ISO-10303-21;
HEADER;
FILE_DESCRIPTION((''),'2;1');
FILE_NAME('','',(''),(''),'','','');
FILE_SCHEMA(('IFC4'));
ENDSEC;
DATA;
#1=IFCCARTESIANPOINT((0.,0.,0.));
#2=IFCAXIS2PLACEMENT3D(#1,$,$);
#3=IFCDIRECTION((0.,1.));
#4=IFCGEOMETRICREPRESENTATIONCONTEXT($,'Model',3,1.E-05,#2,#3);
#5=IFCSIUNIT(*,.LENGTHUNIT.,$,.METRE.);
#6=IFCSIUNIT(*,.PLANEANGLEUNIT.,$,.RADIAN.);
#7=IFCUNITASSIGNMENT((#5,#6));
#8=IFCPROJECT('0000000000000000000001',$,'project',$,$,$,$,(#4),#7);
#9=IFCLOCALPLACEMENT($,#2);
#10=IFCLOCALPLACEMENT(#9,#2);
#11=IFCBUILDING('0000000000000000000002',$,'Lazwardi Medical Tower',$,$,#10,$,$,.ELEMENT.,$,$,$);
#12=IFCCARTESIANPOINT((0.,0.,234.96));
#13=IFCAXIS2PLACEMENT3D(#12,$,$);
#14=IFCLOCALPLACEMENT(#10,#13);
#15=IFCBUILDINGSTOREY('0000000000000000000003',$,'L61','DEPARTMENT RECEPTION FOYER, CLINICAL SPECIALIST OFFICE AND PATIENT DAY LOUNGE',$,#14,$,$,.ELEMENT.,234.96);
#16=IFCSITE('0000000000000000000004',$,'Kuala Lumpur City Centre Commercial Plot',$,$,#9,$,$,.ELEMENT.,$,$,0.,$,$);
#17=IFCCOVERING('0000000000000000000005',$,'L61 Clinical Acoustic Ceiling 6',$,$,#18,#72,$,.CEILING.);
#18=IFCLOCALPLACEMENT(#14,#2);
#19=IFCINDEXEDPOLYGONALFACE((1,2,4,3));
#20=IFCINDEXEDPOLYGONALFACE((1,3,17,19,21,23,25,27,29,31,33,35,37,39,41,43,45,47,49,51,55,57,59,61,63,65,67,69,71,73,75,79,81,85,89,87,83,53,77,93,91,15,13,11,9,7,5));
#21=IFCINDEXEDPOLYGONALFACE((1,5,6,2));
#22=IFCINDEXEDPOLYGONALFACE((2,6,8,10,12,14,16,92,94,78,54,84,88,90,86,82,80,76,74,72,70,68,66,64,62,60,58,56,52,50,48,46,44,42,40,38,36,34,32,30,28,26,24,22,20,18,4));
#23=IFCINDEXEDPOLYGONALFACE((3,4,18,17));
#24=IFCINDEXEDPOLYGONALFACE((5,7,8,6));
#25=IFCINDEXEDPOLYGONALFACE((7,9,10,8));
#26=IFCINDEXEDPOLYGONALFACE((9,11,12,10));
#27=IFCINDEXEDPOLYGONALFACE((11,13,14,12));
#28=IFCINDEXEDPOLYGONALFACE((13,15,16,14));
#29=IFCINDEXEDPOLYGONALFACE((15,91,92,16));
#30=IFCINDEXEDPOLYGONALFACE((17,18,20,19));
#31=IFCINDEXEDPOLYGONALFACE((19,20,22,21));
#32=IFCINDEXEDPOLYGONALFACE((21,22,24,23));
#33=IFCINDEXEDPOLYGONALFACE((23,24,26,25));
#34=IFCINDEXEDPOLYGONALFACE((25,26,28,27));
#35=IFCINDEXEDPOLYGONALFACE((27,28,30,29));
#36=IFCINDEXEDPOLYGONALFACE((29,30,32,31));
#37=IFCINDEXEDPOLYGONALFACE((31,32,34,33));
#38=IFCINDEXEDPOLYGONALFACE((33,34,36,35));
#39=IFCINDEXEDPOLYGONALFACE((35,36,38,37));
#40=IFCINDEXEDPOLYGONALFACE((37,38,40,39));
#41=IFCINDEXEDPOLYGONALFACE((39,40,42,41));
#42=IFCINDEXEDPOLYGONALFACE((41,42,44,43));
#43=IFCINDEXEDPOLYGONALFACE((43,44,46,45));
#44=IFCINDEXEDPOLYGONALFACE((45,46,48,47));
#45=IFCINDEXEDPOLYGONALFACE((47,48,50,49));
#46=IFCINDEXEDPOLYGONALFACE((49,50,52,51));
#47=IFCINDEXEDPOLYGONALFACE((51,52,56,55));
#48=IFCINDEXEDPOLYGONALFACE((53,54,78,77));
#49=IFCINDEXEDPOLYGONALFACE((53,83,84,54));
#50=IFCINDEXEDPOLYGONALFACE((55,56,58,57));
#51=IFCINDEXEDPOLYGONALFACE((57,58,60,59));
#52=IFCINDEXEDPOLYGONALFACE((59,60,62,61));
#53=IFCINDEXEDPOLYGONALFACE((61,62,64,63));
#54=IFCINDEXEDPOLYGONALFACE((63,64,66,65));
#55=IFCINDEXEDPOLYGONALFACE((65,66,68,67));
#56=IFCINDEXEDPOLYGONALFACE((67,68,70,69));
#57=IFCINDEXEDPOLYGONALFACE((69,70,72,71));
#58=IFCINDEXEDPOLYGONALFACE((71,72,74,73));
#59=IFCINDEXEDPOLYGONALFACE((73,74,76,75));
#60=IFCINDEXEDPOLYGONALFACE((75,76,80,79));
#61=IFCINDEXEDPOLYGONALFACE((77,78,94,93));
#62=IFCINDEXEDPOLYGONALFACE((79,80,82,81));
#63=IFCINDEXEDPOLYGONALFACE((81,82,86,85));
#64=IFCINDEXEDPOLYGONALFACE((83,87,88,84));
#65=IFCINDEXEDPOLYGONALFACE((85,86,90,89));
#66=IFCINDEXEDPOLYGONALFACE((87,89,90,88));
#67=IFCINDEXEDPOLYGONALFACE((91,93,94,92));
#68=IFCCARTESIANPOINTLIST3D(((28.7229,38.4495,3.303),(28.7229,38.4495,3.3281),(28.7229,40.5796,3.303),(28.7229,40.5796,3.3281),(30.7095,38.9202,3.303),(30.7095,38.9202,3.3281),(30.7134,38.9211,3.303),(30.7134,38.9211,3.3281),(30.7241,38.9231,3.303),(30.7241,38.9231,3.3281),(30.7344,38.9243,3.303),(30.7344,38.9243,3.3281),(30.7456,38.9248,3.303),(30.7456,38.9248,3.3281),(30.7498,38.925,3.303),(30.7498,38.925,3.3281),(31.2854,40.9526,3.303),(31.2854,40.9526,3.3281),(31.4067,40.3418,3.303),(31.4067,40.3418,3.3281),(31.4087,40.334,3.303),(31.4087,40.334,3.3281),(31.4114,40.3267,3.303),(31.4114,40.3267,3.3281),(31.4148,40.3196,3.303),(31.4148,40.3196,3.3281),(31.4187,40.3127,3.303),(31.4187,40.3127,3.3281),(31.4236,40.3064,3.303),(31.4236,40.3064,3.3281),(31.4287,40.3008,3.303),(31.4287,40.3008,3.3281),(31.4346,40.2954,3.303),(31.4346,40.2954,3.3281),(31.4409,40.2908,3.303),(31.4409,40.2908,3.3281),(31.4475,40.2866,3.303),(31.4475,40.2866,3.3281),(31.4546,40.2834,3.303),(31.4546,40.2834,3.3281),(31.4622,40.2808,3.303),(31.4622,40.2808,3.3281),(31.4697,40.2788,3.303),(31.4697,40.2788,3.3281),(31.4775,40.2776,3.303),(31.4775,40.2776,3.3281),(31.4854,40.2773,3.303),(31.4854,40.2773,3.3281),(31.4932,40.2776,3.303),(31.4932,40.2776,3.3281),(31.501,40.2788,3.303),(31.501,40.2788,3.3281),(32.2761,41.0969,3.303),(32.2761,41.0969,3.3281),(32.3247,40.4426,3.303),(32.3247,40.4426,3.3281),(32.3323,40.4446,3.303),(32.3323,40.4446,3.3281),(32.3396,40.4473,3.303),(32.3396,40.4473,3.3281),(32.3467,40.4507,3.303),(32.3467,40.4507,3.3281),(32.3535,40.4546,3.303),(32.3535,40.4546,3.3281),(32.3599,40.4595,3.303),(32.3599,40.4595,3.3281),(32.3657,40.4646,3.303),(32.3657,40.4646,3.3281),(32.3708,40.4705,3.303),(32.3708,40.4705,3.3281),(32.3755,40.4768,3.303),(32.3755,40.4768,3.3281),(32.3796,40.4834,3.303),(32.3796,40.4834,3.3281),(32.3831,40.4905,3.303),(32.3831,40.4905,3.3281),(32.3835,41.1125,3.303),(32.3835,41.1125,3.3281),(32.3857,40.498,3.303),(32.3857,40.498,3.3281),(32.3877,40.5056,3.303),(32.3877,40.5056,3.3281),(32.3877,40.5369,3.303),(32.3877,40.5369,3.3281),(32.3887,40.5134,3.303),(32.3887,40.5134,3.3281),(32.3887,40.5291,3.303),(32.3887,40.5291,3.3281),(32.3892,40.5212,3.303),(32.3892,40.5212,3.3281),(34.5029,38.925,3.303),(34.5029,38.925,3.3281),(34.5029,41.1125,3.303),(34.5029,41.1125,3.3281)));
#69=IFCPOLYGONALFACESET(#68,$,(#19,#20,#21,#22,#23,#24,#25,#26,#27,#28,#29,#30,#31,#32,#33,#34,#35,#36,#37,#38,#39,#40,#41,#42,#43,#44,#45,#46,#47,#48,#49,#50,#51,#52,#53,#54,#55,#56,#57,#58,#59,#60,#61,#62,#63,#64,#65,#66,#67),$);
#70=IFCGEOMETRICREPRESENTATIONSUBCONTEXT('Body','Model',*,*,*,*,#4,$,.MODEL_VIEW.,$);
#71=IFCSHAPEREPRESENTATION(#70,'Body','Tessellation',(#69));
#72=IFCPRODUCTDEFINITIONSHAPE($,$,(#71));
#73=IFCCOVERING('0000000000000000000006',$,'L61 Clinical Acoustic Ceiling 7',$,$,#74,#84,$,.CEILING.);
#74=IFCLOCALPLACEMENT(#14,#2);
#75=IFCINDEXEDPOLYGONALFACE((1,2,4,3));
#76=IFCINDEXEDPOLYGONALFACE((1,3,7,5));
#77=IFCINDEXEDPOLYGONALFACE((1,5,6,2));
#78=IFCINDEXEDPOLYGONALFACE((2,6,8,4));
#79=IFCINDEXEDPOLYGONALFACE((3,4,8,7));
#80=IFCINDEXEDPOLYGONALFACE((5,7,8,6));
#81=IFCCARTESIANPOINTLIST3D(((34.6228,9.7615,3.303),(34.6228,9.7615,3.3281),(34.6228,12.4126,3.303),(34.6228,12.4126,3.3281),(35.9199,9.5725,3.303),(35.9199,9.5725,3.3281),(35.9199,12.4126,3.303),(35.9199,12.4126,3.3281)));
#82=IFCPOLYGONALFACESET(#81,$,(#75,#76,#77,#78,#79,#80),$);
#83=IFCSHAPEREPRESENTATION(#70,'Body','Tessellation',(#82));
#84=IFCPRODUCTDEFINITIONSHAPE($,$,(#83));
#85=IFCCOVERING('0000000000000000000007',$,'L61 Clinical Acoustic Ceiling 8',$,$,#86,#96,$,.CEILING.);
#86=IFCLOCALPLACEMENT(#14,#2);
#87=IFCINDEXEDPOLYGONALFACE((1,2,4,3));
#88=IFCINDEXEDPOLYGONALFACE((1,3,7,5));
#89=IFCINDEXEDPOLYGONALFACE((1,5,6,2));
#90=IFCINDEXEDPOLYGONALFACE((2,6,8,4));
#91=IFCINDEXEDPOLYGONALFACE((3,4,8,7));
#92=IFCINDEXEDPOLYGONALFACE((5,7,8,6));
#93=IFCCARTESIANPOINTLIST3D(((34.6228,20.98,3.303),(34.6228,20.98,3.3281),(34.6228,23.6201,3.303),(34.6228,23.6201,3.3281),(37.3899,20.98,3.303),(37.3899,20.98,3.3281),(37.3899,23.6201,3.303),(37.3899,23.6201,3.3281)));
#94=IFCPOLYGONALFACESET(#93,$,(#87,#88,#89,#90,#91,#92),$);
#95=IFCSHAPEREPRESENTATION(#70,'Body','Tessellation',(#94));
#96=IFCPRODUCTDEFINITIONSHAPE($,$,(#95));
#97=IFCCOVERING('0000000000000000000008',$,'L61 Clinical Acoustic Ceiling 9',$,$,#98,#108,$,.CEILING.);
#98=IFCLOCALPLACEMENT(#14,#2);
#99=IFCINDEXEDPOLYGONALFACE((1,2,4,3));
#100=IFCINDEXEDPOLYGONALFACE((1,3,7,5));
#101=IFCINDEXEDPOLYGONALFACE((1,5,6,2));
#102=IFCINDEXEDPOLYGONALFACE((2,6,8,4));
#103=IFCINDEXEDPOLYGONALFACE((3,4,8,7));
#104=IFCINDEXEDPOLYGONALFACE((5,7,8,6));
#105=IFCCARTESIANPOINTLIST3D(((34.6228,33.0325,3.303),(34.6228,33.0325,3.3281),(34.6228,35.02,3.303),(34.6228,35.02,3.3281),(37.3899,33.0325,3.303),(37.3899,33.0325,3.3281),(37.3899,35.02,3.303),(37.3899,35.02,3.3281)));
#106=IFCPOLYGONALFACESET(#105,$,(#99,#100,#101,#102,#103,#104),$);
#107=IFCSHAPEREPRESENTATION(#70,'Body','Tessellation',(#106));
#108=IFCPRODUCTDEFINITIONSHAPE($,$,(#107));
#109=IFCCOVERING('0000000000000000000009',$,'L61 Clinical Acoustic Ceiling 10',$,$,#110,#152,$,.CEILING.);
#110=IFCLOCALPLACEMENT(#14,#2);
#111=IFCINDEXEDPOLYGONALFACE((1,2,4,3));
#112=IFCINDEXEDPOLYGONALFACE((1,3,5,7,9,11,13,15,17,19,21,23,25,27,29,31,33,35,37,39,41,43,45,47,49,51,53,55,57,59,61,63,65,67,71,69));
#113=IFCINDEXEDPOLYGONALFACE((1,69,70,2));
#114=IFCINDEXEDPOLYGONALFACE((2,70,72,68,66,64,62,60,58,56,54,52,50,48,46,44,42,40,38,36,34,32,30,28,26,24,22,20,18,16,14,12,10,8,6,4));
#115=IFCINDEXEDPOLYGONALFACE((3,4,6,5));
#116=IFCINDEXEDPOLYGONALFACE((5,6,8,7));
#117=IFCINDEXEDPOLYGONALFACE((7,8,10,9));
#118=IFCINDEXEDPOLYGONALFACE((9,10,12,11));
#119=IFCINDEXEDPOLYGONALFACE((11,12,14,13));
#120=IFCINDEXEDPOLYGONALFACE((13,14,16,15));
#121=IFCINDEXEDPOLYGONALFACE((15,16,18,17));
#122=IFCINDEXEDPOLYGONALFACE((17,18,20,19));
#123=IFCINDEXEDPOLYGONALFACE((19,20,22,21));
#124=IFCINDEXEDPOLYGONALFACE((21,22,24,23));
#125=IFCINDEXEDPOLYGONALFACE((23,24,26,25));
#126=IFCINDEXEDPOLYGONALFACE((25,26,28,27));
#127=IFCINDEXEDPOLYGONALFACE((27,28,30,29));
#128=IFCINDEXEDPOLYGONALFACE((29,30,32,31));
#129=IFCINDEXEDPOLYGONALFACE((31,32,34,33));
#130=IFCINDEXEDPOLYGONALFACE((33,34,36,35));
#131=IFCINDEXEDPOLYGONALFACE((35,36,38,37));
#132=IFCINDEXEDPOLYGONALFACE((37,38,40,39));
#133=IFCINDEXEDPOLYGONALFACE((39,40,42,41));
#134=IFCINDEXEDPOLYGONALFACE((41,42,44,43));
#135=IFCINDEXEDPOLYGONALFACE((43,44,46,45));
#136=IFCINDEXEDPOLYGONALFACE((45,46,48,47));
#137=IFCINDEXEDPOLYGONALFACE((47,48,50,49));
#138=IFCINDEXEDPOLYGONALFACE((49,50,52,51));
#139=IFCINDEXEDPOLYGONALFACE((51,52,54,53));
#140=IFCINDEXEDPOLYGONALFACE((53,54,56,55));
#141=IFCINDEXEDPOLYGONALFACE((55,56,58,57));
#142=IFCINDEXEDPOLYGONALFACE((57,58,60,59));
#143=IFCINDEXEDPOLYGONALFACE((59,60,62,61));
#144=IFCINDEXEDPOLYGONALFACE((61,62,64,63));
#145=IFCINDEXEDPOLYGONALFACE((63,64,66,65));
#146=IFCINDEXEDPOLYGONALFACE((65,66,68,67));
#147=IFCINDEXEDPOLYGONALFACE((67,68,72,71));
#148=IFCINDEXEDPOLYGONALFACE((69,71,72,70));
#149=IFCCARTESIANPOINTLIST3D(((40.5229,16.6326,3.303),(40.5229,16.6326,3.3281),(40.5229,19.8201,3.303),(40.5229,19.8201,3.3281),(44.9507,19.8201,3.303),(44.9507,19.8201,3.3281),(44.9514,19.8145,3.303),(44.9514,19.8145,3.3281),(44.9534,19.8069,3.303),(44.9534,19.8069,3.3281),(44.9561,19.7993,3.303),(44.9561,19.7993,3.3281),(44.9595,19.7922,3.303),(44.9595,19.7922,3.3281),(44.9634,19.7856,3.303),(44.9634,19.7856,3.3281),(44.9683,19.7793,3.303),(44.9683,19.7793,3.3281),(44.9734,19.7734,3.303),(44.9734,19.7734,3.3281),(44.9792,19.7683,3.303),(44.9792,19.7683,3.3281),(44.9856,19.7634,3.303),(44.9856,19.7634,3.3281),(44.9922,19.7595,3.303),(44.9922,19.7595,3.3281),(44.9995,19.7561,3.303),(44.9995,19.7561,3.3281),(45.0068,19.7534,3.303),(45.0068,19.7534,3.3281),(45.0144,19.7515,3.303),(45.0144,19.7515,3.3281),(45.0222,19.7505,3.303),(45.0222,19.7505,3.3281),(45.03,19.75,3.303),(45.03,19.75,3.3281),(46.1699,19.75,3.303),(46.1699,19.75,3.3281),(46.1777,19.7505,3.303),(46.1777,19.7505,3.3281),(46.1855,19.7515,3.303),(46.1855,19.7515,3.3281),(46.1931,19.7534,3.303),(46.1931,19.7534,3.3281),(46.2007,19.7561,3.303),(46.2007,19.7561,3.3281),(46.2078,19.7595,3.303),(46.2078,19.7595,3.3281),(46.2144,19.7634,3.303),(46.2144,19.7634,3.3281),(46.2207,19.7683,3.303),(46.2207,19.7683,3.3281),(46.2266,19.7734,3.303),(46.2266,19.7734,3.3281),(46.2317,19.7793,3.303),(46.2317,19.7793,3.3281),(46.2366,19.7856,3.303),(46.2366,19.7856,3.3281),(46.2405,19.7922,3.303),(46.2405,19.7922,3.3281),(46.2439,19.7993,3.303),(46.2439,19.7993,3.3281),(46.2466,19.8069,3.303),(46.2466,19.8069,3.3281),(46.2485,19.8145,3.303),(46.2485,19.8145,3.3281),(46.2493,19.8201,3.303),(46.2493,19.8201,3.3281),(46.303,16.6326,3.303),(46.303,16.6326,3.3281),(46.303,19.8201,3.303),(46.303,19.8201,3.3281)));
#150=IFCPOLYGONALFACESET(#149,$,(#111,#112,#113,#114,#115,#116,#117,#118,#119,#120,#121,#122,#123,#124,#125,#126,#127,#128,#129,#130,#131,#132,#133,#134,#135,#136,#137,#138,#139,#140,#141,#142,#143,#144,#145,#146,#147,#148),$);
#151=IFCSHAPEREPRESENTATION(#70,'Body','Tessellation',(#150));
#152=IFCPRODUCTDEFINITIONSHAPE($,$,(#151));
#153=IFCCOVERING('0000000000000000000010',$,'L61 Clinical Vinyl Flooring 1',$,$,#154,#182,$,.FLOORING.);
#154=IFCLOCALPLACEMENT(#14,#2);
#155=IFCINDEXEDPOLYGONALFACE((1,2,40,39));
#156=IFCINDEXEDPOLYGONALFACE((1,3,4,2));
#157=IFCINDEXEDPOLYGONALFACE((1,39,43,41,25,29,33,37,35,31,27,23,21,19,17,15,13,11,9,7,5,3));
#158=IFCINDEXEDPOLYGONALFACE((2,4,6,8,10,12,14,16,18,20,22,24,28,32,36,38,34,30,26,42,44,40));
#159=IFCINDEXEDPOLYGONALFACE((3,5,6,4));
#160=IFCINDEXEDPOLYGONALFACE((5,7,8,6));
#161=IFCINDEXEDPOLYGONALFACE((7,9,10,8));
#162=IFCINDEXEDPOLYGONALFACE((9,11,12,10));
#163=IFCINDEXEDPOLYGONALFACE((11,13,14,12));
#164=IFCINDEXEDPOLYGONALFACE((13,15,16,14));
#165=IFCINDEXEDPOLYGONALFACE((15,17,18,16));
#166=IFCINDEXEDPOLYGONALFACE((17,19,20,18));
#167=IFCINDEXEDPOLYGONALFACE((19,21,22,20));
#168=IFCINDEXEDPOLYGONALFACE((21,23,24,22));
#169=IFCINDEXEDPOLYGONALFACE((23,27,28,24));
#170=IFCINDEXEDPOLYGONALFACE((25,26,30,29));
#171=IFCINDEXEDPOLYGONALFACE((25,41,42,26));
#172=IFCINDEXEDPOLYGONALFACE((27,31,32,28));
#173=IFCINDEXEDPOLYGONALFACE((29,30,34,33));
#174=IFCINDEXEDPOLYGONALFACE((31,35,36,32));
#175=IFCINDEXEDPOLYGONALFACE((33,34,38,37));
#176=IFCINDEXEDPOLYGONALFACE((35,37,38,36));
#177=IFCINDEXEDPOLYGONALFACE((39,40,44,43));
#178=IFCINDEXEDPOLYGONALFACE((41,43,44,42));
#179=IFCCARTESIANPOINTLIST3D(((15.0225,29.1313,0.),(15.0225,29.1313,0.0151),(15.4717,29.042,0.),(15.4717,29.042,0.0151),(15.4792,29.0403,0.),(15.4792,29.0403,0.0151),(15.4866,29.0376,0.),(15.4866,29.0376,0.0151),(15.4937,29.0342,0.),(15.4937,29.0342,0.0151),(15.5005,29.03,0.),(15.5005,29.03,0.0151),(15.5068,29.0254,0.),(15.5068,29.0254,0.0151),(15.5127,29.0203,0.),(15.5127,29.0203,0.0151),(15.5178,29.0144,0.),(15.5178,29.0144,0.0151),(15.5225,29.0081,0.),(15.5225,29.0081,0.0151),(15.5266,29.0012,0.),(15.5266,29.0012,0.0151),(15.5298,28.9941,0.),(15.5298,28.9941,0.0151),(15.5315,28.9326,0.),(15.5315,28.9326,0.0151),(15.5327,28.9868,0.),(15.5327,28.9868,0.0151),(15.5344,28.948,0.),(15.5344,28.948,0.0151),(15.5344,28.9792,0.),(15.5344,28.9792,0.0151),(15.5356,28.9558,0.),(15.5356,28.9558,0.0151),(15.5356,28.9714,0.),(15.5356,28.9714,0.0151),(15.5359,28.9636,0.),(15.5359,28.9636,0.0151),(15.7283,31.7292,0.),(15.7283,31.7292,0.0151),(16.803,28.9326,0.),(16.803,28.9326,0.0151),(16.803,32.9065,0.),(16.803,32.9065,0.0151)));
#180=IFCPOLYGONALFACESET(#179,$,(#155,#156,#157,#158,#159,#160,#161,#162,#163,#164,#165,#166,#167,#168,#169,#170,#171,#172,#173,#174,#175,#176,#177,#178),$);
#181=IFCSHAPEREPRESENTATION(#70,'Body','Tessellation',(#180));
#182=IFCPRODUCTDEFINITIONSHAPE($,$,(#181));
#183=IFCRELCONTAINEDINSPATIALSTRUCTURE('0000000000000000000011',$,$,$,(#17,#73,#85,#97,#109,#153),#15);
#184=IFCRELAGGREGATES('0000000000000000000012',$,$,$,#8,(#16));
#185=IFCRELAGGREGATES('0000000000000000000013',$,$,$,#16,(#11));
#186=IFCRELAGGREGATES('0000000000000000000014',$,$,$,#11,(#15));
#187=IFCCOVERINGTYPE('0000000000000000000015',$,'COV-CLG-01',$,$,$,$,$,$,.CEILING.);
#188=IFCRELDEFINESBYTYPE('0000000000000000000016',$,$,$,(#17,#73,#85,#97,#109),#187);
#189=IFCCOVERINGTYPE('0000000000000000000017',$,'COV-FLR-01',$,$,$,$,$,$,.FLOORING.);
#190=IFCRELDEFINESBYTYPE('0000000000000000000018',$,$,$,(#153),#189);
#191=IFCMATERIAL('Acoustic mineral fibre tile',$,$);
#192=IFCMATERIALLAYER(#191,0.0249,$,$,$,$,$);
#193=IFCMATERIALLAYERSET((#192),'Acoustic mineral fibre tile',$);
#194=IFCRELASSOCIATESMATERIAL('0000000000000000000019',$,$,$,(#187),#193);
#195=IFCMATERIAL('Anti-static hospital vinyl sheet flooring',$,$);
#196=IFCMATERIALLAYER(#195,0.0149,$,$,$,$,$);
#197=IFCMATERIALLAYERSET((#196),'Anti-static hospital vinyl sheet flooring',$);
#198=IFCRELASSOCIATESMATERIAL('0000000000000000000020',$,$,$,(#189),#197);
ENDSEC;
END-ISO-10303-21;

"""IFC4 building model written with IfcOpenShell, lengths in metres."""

from ifc_helpers import new_model, si_unit, direction, frame, origin, place, context, subcontext, project, spatial, polyline, outline, extrude, material, layer, layer_set, type_object, element, save


model = new_model("IFC4")

# Units and contexts
model_context = context("Model", 3, precision=1e-05, world=origin(), true_north=direction((0.0, 1.0)))
body_context = subcontext(model_context, "Body", "Model", "MODEL_VIEW")
ifc_project = project(units=[si_unit("LENGTHUNIT", "METRE"), si_unit("PLANEANGLEUNIT", "RADIAN")], contexts=[model_context])

# Site, building, storey
site_placement = place(None, origin())
site = spatial("IfcSite", under=ifc_project, at=site_placement, Name="Kuala Lumpur City Centre Commercial Plot", CompositionType="ELEMENT", RefElevation=0.0)
building_placement = place(site_placement, origin())
building = spatial("IfcBuilding", under=site, at=building_placement, Name="Lazwardi Medical Tower", CompositionType="ELEMENT")
storey_placement = place(building_placement, frame((0.0, 0.0, 234.96)))
storey = spatial("IfcBuildingStorey", under=building, at=storey_placement, Name="L61", Description="DEPARTMENT RECEPTION FOYER, CLINICAL SPECIALIST OFFICE AND PATIENT DAY LOUNGE", CompositionType="ELEMENT", Elevation=234.96)

# Coverings
ifc_material_1 = material(Name="Acoustic mineral fibre tile")
ifc_layer_1 = layer(ifc_material_1, 0.0249)
ifc_layer_set_1 = layer_set([ifc_layer_1], Name="Acoustic mineral fibre tile")
covering_type_1 = type_object("IfcCoveringType", Name="COV-CLG-01", PredefinedType="CEILING", material=ifc_layer_set_1)
covering_1_placement = place(storey_placement, frame((0.0, 0.0, 3.303)))
element("IfcCovering", 1, at=covering_1_placement, inside=storey, type_object=covering_type_1, Name="L61 Clinical Acoustic Ceiling 6", PredefinedType="CEILING", context=body_context, shape_type="SweptSolid", body=[
    extrude(outline(polyline([(32.3835, 41.1125), (32.2761, 41.0969), (32.3877, 40.5369), (32.3887, 40.5291), (32.3892, 40.5212), (32.3887, 40.5134), (32.3877, 40.5056), (32.3857, 40.498), (32.3831, 40.4905), (32.3796, 40.4834), (32.3755, 40.4768), (32.3708, 40.4705), (32.3657, 40.4646), (32.3599, 40.4595), (32.3535, 40.4546), (32.3467, 40.4507), (32.3396, 40.4473), (32.3323, 40.4446), (32.3247, 40.4426), (31.501, 40.2788), (31.4932, 40.2776), (31.4854, 40.2773), (31.4775, 40.2776), (31.4697, 40.2788), (31.4622, 40.2808), (31.4546, 40.2834), (31.4475, 40.2866), (31.4409, 40.2908), (31.4346, 40.2954), (31.4287, 40.3008), (31.4236, 40.3064), (31.4187, 40.3127), (31.4148, 40.3196), (31.4114, 40.3267), (31.4087, 40.334), (31.4067, 40.3418), (31.2854, 40.9526), (28.7229, 40.5796), (28.7229, 38.4495), (30.7095, 38.9202), (30.7134, 38.9211), (30.7241, 38.9231), (30.7344, 38.9243), (30.7456, 38.9248), (30.7498, 38.925), (34.5029, 38.925), (34.5029, 41.1125), (32.3835, 41.1125)])), origin(), (0.0, 0.0, 1.0), 0.0251),
])
covering_2_placement = place(storey_placement, frame((0.0, 0.0, 3.303)))
element("IfcCovering", 2, at=covering_2_placement, inside=storey, type_object=covering_type_1, Name="L61 Clinical Acoustic Ceiling 7", PredefinedType="CEILING", context=body_context, shape_type="SweptSolid", body=[
    extrude(outline(polyline([(34.6228, 9.7615), (35.9199, 9.5725), (35.9199, 12.4126), (34.6228, 12.4126), (34.6228, 9.7615)])), origin(), (0.0, 0.0, 1.0), 0.0251),
])
covering_3_placement = place(storey_placement, frame((0.0, 0.0, 3.303)))
element("IfcCovering", 3, at=covering_3_placement, inside=storey, type_object=covering_type_1, Name="L61 Clinical Acoustic Ceiling 8", PredefinedType="CEILING", context=body_context, shape_type="SweptSolid", body=[
    extrude(outline(polyline([(34.6228, 20.98), (37.3899, 20.98), (37.3899, 23.6201), (34.6228, 23.6201), (34.6228, 20.98)])), origin(), (0.0, 0.0, 1.0), 0.0251),
])
covering_4_placement = place(storey_placement, frame((0.0, 0.0, 3.303)))
element("IfcCovering", 4, at=covering_4_placement, inside=storey, type_object=covering_type_1, Name="L61 Clinical Acoustic Ceiling 9", PredefinedType="CEILING", context=body_context, shape_type="SweptSolid", body=[
    extrude(outline(polyline([(37.3899, 33.0325), (37.3899, 35.02), (34.6228, 35.02), (34.6228, 33.0325), (37.3899, 33.0325)])), origin(), (0.0, 0.0, 1.0), 0.0251),
])
covering_5_placement = place(storey_placement, frame((0.0, 0.0, 3.303)))
element("IfcCovering", 5, at=covering_5_placement, inside=storey, type_object=covering_type_1, Name="L61 Clinical Acoustic Ceiling 10", PredefinedType="CEILING", context=body_context, shape_type="SweptSolid", body=[
    extrude(outline(polyline([(46.303, 19.8201), (46.2493, 19.8201), (46.2485, 19.8145), (46.2466, 19.8069), (46.2439, 19.7993), (46.2405, 19.7922), (46.2366, 19.7856), (46.2317, 19.7793), (46.2266, 19.7734), (46.2207, 19.7683), (46.2144, 19.7634), (46.2078, 19.7595), (46.2007, 19.7561), (46.1931, 19.7534), (46.1855, 19.7515), (46.1777, 19.7505), (46.1699, 19.75), (45.03, 19.75), (45.0222, 19.7505), (45.0144, 19.7515), (45.0068, 19.7534), (44.9995, 19.7561), (44.9922, 19.7595), (44.9856, 19.7634), (44.9792, 19.7683), (44.9734, 19.7734), (44.9683, 19.7793), (44.9634, 19.7856), (44.9595, 19.7922), (44.9561, 19.7993), (44.9534, 19.8069), (44.9514, 19.8145), (44.9507, 19.8201), (40.5229, 19.8201), (40.5229, 16.6326), (46.303, 16.6326), (46.303, 19.8201)])), origin(), (0.0, 0.0, 1.0), 0.0251),
])
ifc_material_2 = material(Name="Anti-static hospital vinyl sheet flooring")
ifc_layer_2 = layer(ifc_material_2, 0.0149)
ifc_layer_set_2 = layer_set([ifc_layer_2], Name="Anti-static hospital vinyl sheet flooring")
covering_type_2 = type_object("IfcCoveringType", Name="COV-FLR-01", PredefinedType="FLOORING", material=ifc_layer_set_2)
covering_6_placement = place(storey_placement, origin())
element("IfcCovering", 6, at=covering_6_placement, inside=storey, type_object=covering_type_2, Name="L61 Clinical Vinyl Flooring 1", PredefinedType="FLOORING", context=body_context, shape_type="SweptSolid", body=[
    extrude(outline(polyline([(16.803, 32.9065), (15.7283, 31.7292), (15.0225, 29.1313), (15.4717, 29.042), (15.4792, 29.0403), (15.4866, 29.0376), (15.4937, 29.0342), (15.5005, 29.03), (15.5068, 29.0254), (15.5127, 29.0203), (15.5178, 29.0144), (15.5225, 29.0081), (15.5266, 29.0012), (15.5298, 28.9941), (15.5327, 28.9868), (15.5344, 28.9792), (15.5356, 28.9714), (15.5359, 28.9636), (15.5356, 28.9558), (15.5344, 28.948), (15.5315, 28.9326), (16.803, 28.9326), (16.803, 32.9065)])), origin(), (0.0, 0.0, 1.0), 0.0151),
])

save(model, "model.ifc")
